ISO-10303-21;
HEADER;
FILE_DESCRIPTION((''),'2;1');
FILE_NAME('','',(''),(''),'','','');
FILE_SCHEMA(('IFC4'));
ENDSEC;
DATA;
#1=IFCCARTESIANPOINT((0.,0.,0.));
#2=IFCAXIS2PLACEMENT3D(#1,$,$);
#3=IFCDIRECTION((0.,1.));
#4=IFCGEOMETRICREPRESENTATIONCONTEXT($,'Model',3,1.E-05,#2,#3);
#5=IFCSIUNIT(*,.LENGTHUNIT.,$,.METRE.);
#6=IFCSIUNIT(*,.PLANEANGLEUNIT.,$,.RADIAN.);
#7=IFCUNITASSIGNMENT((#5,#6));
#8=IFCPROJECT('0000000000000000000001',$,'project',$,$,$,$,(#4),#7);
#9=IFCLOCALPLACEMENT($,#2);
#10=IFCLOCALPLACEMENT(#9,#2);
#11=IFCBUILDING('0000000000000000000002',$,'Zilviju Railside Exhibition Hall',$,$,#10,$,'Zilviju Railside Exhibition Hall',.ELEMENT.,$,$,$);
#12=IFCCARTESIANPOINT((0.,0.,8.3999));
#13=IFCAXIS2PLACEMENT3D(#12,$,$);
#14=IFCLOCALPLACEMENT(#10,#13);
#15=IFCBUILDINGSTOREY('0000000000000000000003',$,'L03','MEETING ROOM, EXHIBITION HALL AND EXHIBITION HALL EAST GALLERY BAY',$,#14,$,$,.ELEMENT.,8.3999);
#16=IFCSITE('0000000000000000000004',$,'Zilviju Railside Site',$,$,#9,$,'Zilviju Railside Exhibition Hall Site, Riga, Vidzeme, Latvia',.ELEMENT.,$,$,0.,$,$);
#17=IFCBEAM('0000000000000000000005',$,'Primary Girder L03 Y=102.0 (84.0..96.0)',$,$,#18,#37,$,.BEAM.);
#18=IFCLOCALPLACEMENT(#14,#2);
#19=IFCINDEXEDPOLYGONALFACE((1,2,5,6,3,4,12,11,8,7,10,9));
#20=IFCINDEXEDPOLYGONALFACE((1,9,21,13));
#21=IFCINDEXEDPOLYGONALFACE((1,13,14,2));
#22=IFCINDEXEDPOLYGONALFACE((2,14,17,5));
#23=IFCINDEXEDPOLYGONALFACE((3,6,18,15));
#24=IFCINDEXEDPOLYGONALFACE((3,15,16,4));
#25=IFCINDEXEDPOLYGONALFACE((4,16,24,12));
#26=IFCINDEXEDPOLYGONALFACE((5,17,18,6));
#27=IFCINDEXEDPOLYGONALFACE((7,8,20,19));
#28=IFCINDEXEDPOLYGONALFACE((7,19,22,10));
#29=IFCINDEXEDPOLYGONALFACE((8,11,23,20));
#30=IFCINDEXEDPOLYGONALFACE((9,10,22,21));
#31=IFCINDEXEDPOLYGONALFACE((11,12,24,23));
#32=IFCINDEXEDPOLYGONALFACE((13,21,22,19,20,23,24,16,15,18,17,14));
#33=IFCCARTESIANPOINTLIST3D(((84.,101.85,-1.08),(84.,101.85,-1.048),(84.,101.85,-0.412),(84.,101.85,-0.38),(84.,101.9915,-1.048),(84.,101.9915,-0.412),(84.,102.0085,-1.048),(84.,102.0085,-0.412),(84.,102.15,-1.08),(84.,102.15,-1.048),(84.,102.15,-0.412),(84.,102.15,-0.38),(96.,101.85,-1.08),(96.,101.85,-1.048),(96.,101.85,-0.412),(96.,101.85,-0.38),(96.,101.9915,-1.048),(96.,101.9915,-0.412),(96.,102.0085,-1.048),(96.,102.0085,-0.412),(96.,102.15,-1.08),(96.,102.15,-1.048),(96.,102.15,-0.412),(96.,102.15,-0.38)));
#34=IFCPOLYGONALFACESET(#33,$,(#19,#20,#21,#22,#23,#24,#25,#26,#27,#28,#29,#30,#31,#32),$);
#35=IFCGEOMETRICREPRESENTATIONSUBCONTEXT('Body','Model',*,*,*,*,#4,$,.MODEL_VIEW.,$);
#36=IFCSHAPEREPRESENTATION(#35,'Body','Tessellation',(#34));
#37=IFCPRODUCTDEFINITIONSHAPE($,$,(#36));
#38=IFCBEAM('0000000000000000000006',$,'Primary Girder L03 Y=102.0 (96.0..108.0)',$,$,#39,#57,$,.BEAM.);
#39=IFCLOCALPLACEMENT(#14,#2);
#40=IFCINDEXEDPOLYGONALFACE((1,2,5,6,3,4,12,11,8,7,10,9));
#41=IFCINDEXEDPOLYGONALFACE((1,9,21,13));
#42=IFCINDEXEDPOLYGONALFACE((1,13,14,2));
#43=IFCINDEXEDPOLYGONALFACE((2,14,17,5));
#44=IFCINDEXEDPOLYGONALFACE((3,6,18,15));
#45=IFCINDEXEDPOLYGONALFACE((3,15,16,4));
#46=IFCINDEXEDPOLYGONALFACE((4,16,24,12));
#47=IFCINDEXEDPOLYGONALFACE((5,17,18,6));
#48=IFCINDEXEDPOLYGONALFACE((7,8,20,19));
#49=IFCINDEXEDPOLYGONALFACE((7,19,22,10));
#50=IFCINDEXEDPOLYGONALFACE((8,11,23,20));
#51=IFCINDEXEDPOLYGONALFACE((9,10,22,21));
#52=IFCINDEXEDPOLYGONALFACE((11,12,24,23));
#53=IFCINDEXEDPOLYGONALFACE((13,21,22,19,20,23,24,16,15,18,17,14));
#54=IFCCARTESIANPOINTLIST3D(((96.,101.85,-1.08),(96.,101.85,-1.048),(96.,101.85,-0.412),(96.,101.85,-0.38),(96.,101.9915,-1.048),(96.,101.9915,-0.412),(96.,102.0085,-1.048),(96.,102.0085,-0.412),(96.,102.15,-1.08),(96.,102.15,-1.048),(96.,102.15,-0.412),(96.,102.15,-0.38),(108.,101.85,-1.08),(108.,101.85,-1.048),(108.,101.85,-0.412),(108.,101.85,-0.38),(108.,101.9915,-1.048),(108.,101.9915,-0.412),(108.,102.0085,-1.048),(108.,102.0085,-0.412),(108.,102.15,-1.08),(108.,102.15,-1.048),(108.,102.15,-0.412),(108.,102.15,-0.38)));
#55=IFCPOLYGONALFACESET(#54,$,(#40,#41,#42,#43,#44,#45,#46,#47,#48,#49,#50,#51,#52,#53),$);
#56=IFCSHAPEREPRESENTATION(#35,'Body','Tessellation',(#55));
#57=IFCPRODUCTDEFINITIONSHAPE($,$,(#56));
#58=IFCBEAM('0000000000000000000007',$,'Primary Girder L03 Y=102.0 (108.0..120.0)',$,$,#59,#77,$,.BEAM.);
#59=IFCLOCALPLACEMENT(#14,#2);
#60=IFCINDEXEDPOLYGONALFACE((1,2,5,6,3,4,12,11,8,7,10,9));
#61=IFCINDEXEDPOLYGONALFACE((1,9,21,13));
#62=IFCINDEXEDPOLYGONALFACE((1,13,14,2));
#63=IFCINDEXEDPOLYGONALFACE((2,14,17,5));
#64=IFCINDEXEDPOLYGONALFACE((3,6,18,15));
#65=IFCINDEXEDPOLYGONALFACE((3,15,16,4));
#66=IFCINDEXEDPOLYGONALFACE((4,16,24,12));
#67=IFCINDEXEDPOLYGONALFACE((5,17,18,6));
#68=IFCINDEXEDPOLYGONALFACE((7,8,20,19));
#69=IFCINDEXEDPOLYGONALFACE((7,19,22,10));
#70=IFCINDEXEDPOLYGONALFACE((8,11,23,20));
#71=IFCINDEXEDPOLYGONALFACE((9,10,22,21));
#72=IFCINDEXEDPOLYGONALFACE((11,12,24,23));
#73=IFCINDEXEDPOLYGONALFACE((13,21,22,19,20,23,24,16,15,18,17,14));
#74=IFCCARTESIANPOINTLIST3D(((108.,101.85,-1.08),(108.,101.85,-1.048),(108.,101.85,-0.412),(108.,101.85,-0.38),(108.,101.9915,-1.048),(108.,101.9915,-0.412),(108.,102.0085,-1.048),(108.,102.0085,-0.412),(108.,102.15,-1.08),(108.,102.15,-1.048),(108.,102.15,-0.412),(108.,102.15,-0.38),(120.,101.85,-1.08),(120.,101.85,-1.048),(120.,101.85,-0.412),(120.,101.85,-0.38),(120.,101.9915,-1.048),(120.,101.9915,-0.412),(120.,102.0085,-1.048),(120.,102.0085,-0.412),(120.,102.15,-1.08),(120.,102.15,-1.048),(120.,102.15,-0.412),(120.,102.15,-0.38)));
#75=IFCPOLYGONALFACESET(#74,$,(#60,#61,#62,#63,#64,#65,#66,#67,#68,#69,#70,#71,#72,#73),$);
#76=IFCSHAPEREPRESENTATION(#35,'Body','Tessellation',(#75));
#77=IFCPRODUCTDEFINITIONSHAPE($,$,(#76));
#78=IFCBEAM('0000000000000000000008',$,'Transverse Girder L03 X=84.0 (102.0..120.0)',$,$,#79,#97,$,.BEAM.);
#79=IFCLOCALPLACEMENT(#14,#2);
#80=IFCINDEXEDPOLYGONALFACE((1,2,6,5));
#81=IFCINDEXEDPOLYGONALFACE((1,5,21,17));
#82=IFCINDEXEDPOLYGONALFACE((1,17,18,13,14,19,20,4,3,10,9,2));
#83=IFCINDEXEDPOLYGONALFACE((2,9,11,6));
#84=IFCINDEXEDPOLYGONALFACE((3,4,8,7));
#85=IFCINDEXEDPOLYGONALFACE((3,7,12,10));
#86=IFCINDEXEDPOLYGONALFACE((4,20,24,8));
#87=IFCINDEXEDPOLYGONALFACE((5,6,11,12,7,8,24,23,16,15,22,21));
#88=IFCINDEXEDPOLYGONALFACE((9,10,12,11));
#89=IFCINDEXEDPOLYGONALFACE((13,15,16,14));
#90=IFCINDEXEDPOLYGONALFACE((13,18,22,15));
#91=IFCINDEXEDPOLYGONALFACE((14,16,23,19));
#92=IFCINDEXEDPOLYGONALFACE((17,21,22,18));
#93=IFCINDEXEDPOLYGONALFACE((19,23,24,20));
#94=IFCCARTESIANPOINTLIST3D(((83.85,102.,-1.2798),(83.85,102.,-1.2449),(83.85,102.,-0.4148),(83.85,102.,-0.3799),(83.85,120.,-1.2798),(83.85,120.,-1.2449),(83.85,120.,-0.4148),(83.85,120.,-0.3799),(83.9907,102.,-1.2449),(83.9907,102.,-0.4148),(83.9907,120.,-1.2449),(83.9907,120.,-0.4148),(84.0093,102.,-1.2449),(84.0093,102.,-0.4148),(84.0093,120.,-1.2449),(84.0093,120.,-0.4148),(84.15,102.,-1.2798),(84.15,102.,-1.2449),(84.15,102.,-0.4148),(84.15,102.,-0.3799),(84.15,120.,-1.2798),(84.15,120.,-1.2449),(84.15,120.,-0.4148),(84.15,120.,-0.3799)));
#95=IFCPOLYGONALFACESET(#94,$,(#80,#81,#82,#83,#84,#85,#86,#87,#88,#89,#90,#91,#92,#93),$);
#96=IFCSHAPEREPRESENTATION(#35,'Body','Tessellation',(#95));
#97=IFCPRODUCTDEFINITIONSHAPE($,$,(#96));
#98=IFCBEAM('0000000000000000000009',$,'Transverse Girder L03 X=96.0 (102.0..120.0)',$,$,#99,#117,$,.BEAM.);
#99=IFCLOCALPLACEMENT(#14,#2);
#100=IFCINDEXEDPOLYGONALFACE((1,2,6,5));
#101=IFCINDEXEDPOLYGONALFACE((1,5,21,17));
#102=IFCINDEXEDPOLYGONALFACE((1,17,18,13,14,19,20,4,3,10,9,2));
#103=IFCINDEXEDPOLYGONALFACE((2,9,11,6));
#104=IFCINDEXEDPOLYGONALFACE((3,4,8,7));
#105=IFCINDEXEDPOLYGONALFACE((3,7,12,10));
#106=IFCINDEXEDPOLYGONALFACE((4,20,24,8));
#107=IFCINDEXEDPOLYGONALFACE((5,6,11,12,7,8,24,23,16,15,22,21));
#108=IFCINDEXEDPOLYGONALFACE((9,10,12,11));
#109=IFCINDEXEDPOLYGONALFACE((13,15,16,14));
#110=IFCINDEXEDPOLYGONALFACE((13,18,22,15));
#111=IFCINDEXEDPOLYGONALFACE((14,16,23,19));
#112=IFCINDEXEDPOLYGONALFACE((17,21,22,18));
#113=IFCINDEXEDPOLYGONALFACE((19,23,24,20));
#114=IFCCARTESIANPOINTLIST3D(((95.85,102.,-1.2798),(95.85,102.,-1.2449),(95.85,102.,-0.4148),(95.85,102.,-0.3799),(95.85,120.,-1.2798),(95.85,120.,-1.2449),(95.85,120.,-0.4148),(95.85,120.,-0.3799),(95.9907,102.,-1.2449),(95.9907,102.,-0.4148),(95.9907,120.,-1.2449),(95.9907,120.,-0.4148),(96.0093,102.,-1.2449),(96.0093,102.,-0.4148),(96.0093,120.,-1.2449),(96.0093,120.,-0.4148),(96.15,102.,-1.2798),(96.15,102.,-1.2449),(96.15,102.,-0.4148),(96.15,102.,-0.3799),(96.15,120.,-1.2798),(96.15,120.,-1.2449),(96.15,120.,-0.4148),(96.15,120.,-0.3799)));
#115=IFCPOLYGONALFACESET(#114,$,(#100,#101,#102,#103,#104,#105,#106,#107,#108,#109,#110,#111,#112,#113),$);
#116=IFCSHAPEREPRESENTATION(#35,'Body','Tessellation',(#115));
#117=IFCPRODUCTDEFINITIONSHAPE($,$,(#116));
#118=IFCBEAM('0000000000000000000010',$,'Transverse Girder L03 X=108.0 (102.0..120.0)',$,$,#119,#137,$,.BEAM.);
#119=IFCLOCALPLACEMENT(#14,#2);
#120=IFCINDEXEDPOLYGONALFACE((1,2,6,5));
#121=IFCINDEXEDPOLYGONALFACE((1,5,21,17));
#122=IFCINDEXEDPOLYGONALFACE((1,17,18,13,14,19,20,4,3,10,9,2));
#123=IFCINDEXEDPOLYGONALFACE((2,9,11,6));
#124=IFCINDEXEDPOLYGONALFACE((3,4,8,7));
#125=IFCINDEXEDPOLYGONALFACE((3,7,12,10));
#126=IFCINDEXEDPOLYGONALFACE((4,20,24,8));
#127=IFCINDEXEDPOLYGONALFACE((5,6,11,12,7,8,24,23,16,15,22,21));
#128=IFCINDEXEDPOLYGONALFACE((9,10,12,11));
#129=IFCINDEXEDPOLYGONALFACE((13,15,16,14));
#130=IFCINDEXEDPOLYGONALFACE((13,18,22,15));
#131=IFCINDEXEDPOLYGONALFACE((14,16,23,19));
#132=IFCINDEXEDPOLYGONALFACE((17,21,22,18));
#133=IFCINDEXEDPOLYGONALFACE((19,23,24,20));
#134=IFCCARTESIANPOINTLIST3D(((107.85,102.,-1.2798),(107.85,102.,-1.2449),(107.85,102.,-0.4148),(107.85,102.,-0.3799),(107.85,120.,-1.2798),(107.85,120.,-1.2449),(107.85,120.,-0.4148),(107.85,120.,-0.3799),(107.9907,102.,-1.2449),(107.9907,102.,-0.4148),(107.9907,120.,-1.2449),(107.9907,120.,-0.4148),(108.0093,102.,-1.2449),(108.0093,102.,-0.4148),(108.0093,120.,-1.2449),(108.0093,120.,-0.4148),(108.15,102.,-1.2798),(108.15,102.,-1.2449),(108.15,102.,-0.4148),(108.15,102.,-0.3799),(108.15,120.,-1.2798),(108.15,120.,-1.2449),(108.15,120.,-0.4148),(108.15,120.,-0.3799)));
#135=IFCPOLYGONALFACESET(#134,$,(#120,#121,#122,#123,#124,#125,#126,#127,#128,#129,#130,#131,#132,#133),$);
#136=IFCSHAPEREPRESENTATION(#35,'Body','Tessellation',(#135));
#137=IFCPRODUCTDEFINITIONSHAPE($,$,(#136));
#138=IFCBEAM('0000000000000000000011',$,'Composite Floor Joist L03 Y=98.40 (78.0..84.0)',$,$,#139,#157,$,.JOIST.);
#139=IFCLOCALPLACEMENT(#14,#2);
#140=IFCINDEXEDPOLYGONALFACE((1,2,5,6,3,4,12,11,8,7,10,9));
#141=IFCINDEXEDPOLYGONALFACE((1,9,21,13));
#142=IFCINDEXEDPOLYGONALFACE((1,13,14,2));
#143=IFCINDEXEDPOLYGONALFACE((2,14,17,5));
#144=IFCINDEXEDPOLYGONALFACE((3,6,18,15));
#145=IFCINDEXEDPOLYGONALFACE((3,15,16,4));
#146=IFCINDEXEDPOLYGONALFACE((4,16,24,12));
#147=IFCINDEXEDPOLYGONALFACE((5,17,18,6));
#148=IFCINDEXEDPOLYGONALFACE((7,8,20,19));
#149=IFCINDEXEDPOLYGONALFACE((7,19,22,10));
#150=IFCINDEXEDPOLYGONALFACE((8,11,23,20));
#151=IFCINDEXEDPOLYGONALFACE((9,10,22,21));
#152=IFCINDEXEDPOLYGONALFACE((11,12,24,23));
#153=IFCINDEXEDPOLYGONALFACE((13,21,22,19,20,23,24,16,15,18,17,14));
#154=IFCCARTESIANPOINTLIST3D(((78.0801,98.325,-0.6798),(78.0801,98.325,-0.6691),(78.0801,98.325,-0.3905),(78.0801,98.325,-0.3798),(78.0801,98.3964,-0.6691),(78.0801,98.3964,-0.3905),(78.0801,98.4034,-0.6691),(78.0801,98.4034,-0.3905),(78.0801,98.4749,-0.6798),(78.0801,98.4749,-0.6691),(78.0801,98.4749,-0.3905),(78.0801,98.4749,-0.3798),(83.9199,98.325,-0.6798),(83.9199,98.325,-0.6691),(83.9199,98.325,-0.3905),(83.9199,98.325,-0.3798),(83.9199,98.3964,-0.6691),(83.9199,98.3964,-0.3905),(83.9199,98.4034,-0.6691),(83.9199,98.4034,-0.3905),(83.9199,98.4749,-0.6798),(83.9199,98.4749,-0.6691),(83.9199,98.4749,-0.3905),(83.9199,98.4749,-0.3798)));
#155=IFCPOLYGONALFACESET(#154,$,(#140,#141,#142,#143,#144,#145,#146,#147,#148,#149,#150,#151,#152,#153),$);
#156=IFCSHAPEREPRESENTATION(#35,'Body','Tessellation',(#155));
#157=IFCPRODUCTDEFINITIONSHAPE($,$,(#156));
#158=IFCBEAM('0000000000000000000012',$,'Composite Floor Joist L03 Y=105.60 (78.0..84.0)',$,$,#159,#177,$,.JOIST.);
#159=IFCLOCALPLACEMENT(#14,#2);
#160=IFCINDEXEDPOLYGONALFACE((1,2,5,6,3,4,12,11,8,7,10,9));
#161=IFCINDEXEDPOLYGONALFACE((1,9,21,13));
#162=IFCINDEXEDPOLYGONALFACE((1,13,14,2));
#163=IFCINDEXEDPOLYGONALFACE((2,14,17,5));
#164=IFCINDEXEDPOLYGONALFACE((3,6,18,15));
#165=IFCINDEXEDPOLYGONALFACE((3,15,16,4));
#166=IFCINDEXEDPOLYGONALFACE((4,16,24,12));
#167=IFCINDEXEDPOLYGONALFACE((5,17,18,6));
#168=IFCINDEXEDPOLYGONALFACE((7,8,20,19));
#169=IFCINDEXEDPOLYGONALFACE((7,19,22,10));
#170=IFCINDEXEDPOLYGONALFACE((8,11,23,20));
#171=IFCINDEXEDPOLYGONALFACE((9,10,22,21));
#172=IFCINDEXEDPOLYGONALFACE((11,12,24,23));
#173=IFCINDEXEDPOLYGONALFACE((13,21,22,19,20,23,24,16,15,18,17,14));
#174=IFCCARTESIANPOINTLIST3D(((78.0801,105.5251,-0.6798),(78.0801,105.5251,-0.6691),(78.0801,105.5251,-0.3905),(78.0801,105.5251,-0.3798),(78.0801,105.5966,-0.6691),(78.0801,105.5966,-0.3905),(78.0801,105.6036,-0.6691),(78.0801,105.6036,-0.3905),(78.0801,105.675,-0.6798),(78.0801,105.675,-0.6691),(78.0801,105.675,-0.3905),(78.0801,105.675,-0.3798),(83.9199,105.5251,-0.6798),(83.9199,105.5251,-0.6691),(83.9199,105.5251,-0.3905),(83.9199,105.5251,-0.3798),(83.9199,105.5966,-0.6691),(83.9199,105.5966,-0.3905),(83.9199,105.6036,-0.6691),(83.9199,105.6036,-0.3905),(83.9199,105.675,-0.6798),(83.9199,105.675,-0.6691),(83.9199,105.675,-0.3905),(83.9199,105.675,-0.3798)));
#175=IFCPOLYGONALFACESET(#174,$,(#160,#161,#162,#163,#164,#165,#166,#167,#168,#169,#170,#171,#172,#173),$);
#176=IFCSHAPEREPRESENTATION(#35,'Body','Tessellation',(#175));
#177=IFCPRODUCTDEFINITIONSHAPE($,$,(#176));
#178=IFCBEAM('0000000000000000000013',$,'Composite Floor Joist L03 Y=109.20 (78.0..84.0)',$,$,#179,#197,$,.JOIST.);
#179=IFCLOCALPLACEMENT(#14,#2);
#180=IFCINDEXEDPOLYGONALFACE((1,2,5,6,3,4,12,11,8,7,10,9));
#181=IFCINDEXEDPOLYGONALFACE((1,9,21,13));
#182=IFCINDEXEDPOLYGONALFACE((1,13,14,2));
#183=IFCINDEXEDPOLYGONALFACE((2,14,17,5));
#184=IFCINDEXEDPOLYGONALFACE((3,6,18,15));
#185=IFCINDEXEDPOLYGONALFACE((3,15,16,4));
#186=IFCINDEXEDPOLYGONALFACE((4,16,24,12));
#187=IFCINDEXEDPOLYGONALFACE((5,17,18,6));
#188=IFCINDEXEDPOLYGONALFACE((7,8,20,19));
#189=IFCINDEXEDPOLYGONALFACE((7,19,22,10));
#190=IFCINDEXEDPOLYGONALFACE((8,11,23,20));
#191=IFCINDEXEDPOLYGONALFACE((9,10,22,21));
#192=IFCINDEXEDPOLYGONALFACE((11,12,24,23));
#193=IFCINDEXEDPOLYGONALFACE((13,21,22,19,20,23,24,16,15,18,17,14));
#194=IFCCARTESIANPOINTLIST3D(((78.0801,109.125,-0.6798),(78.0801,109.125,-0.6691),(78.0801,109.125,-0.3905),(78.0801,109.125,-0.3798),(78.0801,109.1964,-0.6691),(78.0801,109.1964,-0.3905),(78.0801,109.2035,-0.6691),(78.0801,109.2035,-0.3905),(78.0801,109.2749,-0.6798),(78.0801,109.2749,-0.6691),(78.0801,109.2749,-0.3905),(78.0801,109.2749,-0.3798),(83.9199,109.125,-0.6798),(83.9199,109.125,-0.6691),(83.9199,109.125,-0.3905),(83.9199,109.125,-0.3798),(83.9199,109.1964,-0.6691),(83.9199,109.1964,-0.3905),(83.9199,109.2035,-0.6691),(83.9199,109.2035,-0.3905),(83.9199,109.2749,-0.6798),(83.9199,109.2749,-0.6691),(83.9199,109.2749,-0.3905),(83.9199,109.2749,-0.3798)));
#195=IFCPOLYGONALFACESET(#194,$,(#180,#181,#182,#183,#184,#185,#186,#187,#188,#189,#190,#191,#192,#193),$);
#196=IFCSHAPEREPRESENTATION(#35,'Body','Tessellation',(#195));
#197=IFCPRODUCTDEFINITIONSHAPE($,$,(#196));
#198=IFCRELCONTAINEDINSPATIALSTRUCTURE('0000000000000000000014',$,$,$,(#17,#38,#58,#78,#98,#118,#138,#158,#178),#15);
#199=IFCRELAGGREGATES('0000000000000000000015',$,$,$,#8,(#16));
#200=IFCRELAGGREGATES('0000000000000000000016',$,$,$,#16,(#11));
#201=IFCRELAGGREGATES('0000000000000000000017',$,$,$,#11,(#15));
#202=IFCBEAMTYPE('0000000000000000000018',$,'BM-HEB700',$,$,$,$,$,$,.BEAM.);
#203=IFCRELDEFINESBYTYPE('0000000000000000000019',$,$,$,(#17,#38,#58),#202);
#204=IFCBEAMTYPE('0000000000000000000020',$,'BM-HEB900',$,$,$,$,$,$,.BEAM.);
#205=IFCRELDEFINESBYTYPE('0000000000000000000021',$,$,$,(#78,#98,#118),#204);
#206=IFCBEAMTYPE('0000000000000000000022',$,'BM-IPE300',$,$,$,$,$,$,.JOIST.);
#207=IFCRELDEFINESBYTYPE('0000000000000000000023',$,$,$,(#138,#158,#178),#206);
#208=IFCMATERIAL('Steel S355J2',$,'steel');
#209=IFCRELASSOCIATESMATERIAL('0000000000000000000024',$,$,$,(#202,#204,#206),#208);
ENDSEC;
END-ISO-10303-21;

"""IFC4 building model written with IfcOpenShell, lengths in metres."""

from ifc_helpers import new_model, si_unit, direction, frame, origin, origin_2d, place, context, subcontext, project, spatial, i_section, extrude, material, material_profile, profile_set, type_object, element, save


model = new_model("IFC4")

# Units and contexts
model_context = context("Model", 3, precision=1e-05, world=origin(), true_north=direction((0.0, 1.0)))
body_context = subcontext(model_context, "Body", "Model", "MODEL_VIEW")
ifc_project = project(units=[si_unit("LENGTHUNIT", "METRE"), si_unit("PLANEANGLEUNIT", "RADIAN")], contexts=[model_context])

# Site, building, storey
site_placement = place(None, origin())
site = spatial("IfcSite", under=ifc_project, at=site_placement, Name="Zilviju Railside Site", LongName="Zilviju Railside Exhibition Hall Site, Riga, Vidzeme, Latvia", CompositionType="ELEMENT", RefElevation=0.0)
building_placement = place(site_placement, origin())
building = spatial("IfcBuilding", under=site, at=building_placement, Name="Zilviju Railside Exhibition Hall", LongName="Zilviju Railside Exhibition Hall", CompositionType="ELEMENT")
storey_placement = place(building_placement, frame((0.0, 0.0, 8.3999)))
storey = spatial("IfcBuildingStorey", under=building, at=storey_placement, Name="L03", Description="MEETING ROOM, EXHIBITION HALL AND EXHIBITION HALL EAST GALLERY BAY", CompositionType="ELEMENT", Elevation=8.3999)

# Beams
ifc_material_1 = material(Name="Steel S355J2", Category="steel")
ifc_material_profile_1 = material_profile(ifc_material_1, i_section(OverallWidth=0.3, OverallDepth=0.7, WebThickness=0.0171, FlangeThickness=0.032, at=origin_2d()), Name="HEB 700")
ifc_profile_set_1 = profile_set([ifc_material_profile_1], Name="Steel S355J2")
beam_type_1 = type_object("IfcBeamType", Name="BM-HEB700", PredefinedType="BEAM", material=ifc_profile_set_1)
for number, where, z_axis, x_axis, name in (
    (1, (84.0, 102.0, -0.73), (1.0, 0.0, 0.0), (0.0, 1.0, 0.0), "Primary Girder L03 Y=102.0 (84.0..96.0)"),
    (2, (96.0, 102.0, -0.73), (1.0, 0.0, 0.0), (0.0, 1.0, 0.0), "Primary Girder L03 Y=102.0 (96.0..108.0)"),
    (3, (108.0, 102.0, -0.73), (1.0, 0.0, 0.0), (0.0, 1.0, 0.0), "Primary Girder L03 Y=102.0 (108.0..120.0)"),
):
    element("IfcBeam", number, at=place(storey_placement, frame(where, z_axis=z_axis, x_axis=x_axis)), inside=storey, type_object=beam_type_1, Name=name, PredefinedType="BEAM", context=body_context, shape_type="SweptSolid", body=[
        extrude(i_section(OverallWidth=0.3, OverallDepth=0.7, WebThickness=0.0171, FlangeThickness=0.032, at=origin_2d()), origin(), (0.0, 0.0, 1.0), 12.0),
    ])
ifc_material_profile_2 = material_profile(ifc_material_1, i_section(OverallWidth=0.3, OverallDepth=0.8999, WebThickness=0.0186, FlangeThickness=0.0349, at=origin_2d()), Name="HEB 900")
ifc_profile_set_2 = profile_set([ifc_material_profile_2], Name="Steel S355J2")
beam_type_2 = type_object("IfcBeamType", Name="BM-HEB900", PredefinedType="BEAM", material=ifc_profile_set_2)
for number, where, z_axis, x_axis, name in (
    (4, (84.0, 102.0, -0.8298), (0.0, 1.0, 0.0), (-1.0, 0.0, 0.0), "Transverse Girder L03 X=84.0 (102.0..120.0)"),
    (5, (96.0, 102.0, -0.8298), (0.0, 1.0, 0.0), (-1.0, 0.0, 0.0), "Transverse Girder L03 X=96.0 (102.0..120.0)"),
    (6, (108.0, 102.0, -0.8298), (0.0, 1.0, 0.0), (-1.0, 0.0, 0.0), "Transverse Girder L03 X=108.0 (102.0..120.0)"),
):
    element("IfcBeam", number, at=place(storey_placement, frame(where, z_axis=z_axis, x_axis=x_axis)), inside=storey, type_object=beam_type_2, Name=name, PredefinedType="BEAM", context=body_context, shape_type="SweptSolid", body=[
        extrude(i_section(OverallWidth=0.3, OverallDepth=0.8999, WebThickness=0.0186, FlangeThickness=0.0349, at=origin_2d()), origin(), (0.0, 0.0, 1.0), 18.0),
    ])
ifc_material_profile_3 = material_profile(ifc_material_1, i_section(OverallWidth=0.1499, OverallDepth=0.3, WebThickness=0.0071, FlangeThickness=0.0107, at=origin_2d()), Name="IPE 300")
ifc_profile_set_3 = profile_set([ifc_material_profile_3], Name="Steel S355J2")
beam_type_3 = type_object("IfcBeamType", Name="BM-IPE300", PredefinedType="JOIST", material=ifc_profile_set_3)
for number, where, z_axis, x_axis, name in (
    (7, (78.0801, 98.3999, -0.5298), (1.0, 0.0, 0.0), (0.0, 1.0, 0.0), "Composite Floor Joist L03 Y=98.40 (78.0..84.0)"),
    (8, (78.0801, 105.6001, -0.5298), (1.0, 0.0, 0.0), (0.0, 1.0, 0.0), "Composite Floor Joist L03 Y=105.60 (78.0..84.0)"),
    (9, (78.0801, 109.2, -0.5298), (1.0, 0.0, 0.0), (0.0, 1.0, 0.0), "Composite Floor Joist L03 Y=109.20 (78.0..84.0)"),
):
    element("IfcBeam", number, at=place(storey_placement, frame(where, z_axis=z_axis, x_axis=x_axis)), inside=storey, type_object=beam_type_3, Name=name, PredefinedType="JOIST", context=body_context, shape_type="SweptSolid", body=[
        extrude(i_section(OverallWidth=0.1499, OverallDepth=0.3, WebThickness=0.0071, FlangeThickness=0.0107, at=origin_2d()), origin(), (0.0, 0.0, 1.0), 5.8398),
    ])

save(model, "model.ifc")
